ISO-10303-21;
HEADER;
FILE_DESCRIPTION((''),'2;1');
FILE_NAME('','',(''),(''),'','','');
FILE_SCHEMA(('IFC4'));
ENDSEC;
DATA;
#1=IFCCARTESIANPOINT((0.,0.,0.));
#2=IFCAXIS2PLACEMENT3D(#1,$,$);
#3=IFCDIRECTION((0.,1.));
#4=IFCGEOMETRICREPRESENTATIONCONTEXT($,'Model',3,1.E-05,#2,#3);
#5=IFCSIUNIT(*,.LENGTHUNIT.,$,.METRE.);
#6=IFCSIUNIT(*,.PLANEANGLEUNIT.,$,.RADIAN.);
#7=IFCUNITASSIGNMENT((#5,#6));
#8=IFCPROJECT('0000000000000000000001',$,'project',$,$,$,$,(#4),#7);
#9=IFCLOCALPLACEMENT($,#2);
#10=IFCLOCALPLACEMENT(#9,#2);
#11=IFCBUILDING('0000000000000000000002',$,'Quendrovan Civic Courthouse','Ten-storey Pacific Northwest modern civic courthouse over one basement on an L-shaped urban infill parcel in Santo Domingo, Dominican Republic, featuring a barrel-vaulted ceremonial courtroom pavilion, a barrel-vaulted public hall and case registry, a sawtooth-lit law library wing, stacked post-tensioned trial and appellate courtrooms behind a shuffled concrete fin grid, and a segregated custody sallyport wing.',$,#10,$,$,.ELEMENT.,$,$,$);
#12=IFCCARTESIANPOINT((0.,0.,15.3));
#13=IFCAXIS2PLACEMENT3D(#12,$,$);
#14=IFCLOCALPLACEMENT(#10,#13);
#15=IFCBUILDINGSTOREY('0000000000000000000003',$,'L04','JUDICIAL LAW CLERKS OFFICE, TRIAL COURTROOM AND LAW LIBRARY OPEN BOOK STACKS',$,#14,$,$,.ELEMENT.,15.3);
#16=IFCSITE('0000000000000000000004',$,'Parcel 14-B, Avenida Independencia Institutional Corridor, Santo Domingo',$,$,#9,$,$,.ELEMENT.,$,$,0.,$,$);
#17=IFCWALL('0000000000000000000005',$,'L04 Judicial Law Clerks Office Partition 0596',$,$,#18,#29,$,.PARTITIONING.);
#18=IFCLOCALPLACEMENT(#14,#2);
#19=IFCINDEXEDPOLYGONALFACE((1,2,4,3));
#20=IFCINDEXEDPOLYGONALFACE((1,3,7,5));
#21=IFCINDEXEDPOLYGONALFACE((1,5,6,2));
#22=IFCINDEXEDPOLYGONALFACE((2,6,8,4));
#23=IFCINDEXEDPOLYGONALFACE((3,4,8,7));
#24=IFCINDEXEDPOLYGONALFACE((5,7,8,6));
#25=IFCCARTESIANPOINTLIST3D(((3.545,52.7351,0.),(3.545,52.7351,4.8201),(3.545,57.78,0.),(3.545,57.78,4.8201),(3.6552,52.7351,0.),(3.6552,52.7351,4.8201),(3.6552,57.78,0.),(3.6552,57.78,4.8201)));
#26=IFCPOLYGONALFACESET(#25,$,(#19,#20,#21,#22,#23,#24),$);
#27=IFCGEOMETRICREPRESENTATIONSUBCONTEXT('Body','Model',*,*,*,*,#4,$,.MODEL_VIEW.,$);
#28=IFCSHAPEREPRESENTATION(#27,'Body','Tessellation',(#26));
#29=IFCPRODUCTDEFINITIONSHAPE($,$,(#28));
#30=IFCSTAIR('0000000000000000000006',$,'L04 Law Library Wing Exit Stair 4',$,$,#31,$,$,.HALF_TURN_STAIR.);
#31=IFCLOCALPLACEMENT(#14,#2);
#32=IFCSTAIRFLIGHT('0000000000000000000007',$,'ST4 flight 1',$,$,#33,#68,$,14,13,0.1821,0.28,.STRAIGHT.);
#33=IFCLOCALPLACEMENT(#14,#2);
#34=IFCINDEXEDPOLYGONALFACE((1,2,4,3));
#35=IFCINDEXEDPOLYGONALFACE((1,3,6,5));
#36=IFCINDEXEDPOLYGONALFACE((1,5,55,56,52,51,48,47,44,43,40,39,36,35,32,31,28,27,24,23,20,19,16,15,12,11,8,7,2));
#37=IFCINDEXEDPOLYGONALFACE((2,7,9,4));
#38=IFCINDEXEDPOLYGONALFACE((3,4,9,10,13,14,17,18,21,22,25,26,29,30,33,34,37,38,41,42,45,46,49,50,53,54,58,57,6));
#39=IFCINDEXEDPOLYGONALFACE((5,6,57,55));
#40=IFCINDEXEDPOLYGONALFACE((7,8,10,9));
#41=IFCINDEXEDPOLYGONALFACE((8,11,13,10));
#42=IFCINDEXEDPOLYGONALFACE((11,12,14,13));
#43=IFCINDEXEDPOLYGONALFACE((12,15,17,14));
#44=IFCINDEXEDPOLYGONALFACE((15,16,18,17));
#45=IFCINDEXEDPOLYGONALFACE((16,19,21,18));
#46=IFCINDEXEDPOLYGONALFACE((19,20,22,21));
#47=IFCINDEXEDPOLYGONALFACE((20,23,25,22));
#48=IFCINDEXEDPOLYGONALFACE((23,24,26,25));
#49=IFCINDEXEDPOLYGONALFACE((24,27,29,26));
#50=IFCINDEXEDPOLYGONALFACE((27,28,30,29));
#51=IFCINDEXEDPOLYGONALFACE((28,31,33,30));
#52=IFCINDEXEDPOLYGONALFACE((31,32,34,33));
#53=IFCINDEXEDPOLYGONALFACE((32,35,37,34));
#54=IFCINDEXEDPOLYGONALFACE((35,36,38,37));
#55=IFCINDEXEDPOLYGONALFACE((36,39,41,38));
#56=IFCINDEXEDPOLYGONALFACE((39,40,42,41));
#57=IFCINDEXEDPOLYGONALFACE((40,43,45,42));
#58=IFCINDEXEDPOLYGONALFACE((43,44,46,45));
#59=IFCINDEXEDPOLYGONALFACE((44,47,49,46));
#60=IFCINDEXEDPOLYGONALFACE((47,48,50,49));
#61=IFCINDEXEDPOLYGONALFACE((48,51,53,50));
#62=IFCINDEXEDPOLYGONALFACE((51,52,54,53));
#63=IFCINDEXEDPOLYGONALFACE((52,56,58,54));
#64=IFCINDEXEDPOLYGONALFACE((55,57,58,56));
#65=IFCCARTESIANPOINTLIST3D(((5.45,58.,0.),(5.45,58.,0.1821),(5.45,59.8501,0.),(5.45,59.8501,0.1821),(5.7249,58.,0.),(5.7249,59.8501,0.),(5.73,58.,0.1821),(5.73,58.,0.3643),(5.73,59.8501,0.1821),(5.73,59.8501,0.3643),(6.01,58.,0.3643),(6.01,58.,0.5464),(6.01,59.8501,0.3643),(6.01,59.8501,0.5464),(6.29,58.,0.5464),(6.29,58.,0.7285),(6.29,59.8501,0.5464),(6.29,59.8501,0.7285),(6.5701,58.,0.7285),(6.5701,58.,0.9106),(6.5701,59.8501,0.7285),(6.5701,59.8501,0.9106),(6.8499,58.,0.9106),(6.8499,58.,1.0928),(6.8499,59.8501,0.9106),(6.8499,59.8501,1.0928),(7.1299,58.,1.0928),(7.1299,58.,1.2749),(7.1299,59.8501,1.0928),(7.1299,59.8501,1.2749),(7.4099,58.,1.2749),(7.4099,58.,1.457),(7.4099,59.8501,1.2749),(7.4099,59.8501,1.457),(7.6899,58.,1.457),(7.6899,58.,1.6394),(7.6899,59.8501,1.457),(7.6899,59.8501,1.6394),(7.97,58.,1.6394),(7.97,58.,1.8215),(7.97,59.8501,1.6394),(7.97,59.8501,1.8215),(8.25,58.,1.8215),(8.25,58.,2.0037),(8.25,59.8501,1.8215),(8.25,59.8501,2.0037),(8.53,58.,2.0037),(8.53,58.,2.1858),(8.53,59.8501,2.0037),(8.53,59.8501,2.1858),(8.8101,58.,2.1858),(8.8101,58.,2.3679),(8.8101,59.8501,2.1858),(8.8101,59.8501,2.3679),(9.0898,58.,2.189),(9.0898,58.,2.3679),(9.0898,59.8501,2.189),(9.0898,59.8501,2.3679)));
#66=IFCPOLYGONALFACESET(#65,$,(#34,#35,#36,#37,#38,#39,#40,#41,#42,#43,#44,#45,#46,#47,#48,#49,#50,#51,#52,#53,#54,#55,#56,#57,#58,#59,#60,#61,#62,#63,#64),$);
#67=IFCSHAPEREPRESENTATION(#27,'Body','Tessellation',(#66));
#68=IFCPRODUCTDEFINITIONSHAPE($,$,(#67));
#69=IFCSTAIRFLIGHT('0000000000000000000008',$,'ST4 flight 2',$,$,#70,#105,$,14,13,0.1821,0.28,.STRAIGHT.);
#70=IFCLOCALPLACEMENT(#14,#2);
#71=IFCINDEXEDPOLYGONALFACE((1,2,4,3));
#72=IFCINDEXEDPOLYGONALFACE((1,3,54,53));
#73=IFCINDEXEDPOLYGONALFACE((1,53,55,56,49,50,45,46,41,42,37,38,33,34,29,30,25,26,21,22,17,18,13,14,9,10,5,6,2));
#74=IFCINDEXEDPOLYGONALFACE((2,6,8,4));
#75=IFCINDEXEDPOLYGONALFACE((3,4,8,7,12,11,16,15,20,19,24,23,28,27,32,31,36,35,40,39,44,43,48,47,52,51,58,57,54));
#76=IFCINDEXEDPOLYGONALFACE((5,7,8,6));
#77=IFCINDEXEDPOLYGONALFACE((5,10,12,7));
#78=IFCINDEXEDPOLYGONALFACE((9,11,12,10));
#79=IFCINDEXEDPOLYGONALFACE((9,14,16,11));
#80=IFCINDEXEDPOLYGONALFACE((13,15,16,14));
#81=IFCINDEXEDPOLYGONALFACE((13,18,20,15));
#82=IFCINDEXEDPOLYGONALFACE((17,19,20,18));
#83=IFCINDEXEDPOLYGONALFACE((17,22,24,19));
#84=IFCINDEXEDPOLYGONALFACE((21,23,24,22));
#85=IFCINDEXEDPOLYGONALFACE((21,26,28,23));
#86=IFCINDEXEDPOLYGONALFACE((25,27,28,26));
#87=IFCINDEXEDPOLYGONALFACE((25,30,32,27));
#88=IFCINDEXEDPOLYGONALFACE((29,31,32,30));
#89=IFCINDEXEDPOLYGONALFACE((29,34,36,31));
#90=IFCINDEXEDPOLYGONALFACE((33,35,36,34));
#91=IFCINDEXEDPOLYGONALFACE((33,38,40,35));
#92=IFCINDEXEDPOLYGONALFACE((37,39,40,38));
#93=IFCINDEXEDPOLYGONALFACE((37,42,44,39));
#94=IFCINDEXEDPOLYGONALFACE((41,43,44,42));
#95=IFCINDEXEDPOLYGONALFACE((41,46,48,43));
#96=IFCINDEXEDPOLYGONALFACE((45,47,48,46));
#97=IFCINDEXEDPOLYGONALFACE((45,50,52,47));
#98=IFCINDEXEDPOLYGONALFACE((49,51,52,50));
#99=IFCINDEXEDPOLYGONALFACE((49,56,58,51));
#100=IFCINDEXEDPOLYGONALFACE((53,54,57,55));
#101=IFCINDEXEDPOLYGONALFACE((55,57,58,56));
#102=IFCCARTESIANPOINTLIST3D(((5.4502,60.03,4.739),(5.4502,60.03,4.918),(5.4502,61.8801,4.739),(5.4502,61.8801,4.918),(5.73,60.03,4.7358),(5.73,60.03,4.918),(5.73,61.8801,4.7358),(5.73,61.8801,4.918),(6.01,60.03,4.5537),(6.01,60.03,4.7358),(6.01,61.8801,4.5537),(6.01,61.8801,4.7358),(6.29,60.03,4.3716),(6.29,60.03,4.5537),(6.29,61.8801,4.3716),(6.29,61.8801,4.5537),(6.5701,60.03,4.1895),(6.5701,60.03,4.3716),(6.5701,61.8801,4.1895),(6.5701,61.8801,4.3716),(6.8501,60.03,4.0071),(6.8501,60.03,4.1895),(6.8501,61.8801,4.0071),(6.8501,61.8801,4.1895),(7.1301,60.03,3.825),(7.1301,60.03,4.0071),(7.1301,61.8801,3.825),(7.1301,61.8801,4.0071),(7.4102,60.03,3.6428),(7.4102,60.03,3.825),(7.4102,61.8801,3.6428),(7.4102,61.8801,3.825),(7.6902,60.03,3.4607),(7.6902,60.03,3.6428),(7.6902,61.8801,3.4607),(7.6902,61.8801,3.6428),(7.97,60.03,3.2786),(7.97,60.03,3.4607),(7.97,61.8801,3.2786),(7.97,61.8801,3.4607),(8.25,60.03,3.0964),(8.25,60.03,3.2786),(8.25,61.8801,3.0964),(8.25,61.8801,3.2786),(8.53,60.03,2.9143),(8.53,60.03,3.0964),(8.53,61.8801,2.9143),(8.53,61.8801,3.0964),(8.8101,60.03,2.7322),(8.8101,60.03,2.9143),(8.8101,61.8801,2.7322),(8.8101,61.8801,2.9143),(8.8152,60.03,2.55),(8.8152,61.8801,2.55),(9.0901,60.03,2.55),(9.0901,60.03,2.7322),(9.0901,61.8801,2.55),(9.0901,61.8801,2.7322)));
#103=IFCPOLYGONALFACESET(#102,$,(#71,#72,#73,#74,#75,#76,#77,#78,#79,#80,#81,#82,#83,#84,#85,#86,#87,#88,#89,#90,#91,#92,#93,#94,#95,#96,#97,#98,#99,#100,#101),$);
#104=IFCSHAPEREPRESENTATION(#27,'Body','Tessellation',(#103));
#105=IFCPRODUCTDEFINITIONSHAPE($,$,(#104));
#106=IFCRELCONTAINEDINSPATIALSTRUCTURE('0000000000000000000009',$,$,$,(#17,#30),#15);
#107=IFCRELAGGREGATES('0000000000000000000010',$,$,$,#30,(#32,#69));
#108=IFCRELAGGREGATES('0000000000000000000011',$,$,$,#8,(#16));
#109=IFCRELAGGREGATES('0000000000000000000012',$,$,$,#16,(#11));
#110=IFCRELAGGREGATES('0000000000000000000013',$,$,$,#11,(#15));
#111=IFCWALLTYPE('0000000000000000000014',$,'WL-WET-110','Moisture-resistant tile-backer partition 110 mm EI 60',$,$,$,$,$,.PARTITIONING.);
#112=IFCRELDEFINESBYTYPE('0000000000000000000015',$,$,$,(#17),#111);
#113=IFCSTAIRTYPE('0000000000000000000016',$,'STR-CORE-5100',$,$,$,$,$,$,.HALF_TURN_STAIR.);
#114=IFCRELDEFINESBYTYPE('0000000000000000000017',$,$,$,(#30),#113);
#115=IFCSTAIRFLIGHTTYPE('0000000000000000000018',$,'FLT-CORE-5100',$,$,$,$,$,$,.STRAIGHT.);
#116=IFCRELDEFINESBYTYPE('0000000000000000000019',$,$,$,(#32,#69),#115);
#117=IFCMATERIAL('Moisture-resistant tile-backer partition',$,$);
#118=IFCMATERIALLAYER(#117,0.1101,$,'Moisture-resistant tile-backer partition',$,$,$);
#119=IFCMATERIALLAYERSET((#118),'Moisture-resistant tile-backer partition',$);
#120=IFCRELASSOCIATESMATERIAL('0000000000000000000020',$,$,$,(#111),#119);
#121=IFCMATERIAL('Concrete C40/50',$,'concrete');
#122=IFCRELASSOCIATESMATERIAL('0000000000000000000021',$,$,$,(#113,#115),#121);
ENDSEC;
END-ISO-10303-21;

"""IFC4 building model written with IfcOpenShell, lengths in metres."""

from ifc_helpers import new_model, si_unit, direction, frame, frame_2d, origin, place, context, subcontext, project, spatial, polyline, rectangle, outline, extrude, material, layer, layer_set, type_object, element, aggregate, save


model = new_model("IFC4")

# Units and contexts
model_context = context("Model", 3, precision=1e-05, world=origin(), true_north=direction((0.0, 1.0)))
body_context = subcontext(model_context, "Body", "Model", "MODEL_VIEW")
ifc_project = project(units=[si_unit("LENGTHUNIT", "METRE"), si_unit("PLANEANGLEUNIT", "RADIAN")], contexts=[model_context])

# Site, building, storey
site_placement = place(None, origin())
site = spatial("IfcSite", under=ifc_project, at=site_placement, Name="Parcel 14-B, Avenida Independencia Institutional Corridor, Santo Domingo", CompositionType="ELEMENT", RefElevation=0.0)
building_placement = place(site_placement, origin())
building = spatial("IfcBuilding", under=site, at=building_placement, Name="Quendrovan Civic Courthouse", Description="Ten-storey Pacific Northwest modern civic courthouse over one basement on an L-shaped urban infill parcel in Santo Domingo, Dominican Republic, featuring a barrel-vaulted ceremonial courtroom pavilion, a barrel-vaulted public hall and case registry, a sawtooth-lit law library wing, stacked post-tensioned trial and appellate courtrooms behind a shuffled concrete fin grid, and a segregated custody sallyport wing.", CompositionType="ELEMENT")
storey_placement = place(building_placement, frame((0.0, 0.0, 15.3)))
storey = spatial("IfcBuildingStorey", under=building, at=storey_placement, Name="L04", Description="JUDICIAL LAW CLERKS OFFICE, TRIAL COURTROOM AND LAW LIBRARY OPEN BOOK STACKS", CompositionType="ELEMENT", Elevation=15.3)

# Shared definitions
ifc_material_1 = material(Name="Concrete C40/50", Category="concrete")

# Wall
ifc_material_2 = material(Name="Moisture-resistant tile-backer partition")
ifc_layer_1 = layer(ifc_material_2, 0.1101, Name="Moisture-resistant tile-backer partition")
ifc_layer_set_1 = layer_set([ifc_layer_1], Name="Moisture-resistant tile-backer partition")
wall_type_1 = type_object("IfcWallType", Name="WL-WET-110", Description="Moisture-resistant tile-backer partition 110 mm EI 60", PredefinedType="PARTITIONING", material=ifc_layer_set_1)
wall_1_placement = place(storey_placement, frame((3.6001, 57.78, 0.0), z_axis=(0.0, 0.0, 1.0), x_axis=(0.0, -1.0, 0.0)))
element("IfcWall", 1, at=wall_1_placement, inside=storey, type_object=wall_type_1, Name="L04 Judicial Law Clerks Office Partition 0596", PredefinedType="PARTITIONING", context=body_context, shape_type="SweptSolid", body=[
    extrude(rectangle(XDim=5.0449, YDim=0.1101, at=frame_2d((2.5225, 0.0))), origin(), (0.0, 0.0, 1.0), 4.8201),
])

# Stair, stair flights
stair_type = type_object("IfcStairType", Name="STR-CORE-5100", PredefinedType="HALF_TURN_STAIR", material=ifc_material_1)
stair_placement = place(storey_placement, origin())
stair = element("IfcStair", 2, at=stair_placement, inside=storey, type_object=stair_type, Name="L04 Law Library Wing Exit Stair 4", PredefinedType="HALF_TURN_STAIR")
stair_flight_type = type_object("IfcStairFlightType", Name="FLT-CORE-5100", PredefinedType="STRAIGHT", material=ifc_material_1)
stair_flight_1_placement = place(storey_placement, frame((5.45, 58.925, 0.0), z_axis=(0.0, 0.0, 1.0), x_axis=(1.0, 0.0, 0.0)))
stair_flight_1 = element("IfcStairFlight", 3, at=stair_flight_1_placement, type_object=stair_flight_type, Name="ST4 flight 1", NumberOfRisers=14, NumberOfTreads=13, PredefinedType="STRAIGHT", RiserHeight=0.1821, TreadLength=0.28, context=body_context, shape_type="SweptSolid", body=[
    extrude(outline(polyline([(0.0, 0.0), (0.0, 0.1821), (0.28, 0.1821), (0.28, 0.3643), (0.5601, 0.3643), (0.5601, 0.5464), (0.8401, 0.5464), (0.8401, 0.7285), (1.1201, 0.7285), (1.1201, 0.9106), (1.3999, 0.9106), (1.3999, 1.0928), (1.6799, 1.0928), (1.6799, 1.2749), (1.96, 1.2749), (1.96, 1.457), (2.24, 1.457), (2.24, 1.6394), (2.52, 1.6394), (2.52, 1.8215), (2.8, 1.8215), (2.8, 2.0037), (3.0801, 2.0037), (3.0801, 2.1858), (3.3601, 2.1858), (3.3601, 2.3679), (3.6399, 2.3679), (3.6399, 2.55), (3.6399, 2.189), (0.2749, 0.0), (0.0, 0.0)])), frame((0.0, 0.925, 0.0), z_axis=(0.0, -1.0, 0.0), x_axis=(1.0, 0.0, 0.0)), (0.0, 0.0, 1.0), 1.8501),
])
stair_flight_2_placement = place(storey_placement, frame((9.0901, 60.9551, 2.55), z_axis=(0.0, 0.0, 1.0), x_axis=(-1.0, 0.0, 0.0)))
stair_flight_2 = element("IfcStairFlight", 4, at=stair_flight_2_placement, type_object=stair_flight_type, Name="ST4 flight 2", NumberOfRisers=14, NumberOfTreads=13, PredefinedType="STRAIGHT", RiserHeight=0.1821, TreadLength=0.28, context=body_context, shape_type="SweptSolid", body=[
    extrude(outline(polyline([(0.0, 0.0), (0.0, 0.1821), (0.28, 0.1821), (0.28, 0.3643), (0.5601, 0.3643), (0.5601, 0.5464), (0.8401, 0.5464), (0.8401, 0.7285), (1.1201, 0.7285), (1.1201, 0.9106), (1.3999, 0.9106), (1.3999, 1.0928), (1.6799, 1.0928), (1.6799, 1.2749), (1.96, 1.2749), (1.96, 1.457), (2.24, 1.457), (2.24, 1.6394), (2.52, 1.6394), (2.52, 1.8215), (2.8, 1.8215), (2.8, 2.0037), (3.0801, 2.0037), (3.0801, 2.1858), (3.3601, 2.1858), (3.3601, 2.3679), (3.6399, 2.3679), (3.6399, 2.55), (3.6399, 2.189), (0.2749, 0.0), (0.0, 0.0)])), frame((0.0, 0.925, 0.0), z_axis=(0.0, -1.0, 0.0), x_axis=(1.0, 0.0, 0.0)), (0.0, 0.0, 1.0), 1.8501),
])
aggregate(stair, [stair_flight_1, stair_flight_2])

save(model, "model.ifc")
